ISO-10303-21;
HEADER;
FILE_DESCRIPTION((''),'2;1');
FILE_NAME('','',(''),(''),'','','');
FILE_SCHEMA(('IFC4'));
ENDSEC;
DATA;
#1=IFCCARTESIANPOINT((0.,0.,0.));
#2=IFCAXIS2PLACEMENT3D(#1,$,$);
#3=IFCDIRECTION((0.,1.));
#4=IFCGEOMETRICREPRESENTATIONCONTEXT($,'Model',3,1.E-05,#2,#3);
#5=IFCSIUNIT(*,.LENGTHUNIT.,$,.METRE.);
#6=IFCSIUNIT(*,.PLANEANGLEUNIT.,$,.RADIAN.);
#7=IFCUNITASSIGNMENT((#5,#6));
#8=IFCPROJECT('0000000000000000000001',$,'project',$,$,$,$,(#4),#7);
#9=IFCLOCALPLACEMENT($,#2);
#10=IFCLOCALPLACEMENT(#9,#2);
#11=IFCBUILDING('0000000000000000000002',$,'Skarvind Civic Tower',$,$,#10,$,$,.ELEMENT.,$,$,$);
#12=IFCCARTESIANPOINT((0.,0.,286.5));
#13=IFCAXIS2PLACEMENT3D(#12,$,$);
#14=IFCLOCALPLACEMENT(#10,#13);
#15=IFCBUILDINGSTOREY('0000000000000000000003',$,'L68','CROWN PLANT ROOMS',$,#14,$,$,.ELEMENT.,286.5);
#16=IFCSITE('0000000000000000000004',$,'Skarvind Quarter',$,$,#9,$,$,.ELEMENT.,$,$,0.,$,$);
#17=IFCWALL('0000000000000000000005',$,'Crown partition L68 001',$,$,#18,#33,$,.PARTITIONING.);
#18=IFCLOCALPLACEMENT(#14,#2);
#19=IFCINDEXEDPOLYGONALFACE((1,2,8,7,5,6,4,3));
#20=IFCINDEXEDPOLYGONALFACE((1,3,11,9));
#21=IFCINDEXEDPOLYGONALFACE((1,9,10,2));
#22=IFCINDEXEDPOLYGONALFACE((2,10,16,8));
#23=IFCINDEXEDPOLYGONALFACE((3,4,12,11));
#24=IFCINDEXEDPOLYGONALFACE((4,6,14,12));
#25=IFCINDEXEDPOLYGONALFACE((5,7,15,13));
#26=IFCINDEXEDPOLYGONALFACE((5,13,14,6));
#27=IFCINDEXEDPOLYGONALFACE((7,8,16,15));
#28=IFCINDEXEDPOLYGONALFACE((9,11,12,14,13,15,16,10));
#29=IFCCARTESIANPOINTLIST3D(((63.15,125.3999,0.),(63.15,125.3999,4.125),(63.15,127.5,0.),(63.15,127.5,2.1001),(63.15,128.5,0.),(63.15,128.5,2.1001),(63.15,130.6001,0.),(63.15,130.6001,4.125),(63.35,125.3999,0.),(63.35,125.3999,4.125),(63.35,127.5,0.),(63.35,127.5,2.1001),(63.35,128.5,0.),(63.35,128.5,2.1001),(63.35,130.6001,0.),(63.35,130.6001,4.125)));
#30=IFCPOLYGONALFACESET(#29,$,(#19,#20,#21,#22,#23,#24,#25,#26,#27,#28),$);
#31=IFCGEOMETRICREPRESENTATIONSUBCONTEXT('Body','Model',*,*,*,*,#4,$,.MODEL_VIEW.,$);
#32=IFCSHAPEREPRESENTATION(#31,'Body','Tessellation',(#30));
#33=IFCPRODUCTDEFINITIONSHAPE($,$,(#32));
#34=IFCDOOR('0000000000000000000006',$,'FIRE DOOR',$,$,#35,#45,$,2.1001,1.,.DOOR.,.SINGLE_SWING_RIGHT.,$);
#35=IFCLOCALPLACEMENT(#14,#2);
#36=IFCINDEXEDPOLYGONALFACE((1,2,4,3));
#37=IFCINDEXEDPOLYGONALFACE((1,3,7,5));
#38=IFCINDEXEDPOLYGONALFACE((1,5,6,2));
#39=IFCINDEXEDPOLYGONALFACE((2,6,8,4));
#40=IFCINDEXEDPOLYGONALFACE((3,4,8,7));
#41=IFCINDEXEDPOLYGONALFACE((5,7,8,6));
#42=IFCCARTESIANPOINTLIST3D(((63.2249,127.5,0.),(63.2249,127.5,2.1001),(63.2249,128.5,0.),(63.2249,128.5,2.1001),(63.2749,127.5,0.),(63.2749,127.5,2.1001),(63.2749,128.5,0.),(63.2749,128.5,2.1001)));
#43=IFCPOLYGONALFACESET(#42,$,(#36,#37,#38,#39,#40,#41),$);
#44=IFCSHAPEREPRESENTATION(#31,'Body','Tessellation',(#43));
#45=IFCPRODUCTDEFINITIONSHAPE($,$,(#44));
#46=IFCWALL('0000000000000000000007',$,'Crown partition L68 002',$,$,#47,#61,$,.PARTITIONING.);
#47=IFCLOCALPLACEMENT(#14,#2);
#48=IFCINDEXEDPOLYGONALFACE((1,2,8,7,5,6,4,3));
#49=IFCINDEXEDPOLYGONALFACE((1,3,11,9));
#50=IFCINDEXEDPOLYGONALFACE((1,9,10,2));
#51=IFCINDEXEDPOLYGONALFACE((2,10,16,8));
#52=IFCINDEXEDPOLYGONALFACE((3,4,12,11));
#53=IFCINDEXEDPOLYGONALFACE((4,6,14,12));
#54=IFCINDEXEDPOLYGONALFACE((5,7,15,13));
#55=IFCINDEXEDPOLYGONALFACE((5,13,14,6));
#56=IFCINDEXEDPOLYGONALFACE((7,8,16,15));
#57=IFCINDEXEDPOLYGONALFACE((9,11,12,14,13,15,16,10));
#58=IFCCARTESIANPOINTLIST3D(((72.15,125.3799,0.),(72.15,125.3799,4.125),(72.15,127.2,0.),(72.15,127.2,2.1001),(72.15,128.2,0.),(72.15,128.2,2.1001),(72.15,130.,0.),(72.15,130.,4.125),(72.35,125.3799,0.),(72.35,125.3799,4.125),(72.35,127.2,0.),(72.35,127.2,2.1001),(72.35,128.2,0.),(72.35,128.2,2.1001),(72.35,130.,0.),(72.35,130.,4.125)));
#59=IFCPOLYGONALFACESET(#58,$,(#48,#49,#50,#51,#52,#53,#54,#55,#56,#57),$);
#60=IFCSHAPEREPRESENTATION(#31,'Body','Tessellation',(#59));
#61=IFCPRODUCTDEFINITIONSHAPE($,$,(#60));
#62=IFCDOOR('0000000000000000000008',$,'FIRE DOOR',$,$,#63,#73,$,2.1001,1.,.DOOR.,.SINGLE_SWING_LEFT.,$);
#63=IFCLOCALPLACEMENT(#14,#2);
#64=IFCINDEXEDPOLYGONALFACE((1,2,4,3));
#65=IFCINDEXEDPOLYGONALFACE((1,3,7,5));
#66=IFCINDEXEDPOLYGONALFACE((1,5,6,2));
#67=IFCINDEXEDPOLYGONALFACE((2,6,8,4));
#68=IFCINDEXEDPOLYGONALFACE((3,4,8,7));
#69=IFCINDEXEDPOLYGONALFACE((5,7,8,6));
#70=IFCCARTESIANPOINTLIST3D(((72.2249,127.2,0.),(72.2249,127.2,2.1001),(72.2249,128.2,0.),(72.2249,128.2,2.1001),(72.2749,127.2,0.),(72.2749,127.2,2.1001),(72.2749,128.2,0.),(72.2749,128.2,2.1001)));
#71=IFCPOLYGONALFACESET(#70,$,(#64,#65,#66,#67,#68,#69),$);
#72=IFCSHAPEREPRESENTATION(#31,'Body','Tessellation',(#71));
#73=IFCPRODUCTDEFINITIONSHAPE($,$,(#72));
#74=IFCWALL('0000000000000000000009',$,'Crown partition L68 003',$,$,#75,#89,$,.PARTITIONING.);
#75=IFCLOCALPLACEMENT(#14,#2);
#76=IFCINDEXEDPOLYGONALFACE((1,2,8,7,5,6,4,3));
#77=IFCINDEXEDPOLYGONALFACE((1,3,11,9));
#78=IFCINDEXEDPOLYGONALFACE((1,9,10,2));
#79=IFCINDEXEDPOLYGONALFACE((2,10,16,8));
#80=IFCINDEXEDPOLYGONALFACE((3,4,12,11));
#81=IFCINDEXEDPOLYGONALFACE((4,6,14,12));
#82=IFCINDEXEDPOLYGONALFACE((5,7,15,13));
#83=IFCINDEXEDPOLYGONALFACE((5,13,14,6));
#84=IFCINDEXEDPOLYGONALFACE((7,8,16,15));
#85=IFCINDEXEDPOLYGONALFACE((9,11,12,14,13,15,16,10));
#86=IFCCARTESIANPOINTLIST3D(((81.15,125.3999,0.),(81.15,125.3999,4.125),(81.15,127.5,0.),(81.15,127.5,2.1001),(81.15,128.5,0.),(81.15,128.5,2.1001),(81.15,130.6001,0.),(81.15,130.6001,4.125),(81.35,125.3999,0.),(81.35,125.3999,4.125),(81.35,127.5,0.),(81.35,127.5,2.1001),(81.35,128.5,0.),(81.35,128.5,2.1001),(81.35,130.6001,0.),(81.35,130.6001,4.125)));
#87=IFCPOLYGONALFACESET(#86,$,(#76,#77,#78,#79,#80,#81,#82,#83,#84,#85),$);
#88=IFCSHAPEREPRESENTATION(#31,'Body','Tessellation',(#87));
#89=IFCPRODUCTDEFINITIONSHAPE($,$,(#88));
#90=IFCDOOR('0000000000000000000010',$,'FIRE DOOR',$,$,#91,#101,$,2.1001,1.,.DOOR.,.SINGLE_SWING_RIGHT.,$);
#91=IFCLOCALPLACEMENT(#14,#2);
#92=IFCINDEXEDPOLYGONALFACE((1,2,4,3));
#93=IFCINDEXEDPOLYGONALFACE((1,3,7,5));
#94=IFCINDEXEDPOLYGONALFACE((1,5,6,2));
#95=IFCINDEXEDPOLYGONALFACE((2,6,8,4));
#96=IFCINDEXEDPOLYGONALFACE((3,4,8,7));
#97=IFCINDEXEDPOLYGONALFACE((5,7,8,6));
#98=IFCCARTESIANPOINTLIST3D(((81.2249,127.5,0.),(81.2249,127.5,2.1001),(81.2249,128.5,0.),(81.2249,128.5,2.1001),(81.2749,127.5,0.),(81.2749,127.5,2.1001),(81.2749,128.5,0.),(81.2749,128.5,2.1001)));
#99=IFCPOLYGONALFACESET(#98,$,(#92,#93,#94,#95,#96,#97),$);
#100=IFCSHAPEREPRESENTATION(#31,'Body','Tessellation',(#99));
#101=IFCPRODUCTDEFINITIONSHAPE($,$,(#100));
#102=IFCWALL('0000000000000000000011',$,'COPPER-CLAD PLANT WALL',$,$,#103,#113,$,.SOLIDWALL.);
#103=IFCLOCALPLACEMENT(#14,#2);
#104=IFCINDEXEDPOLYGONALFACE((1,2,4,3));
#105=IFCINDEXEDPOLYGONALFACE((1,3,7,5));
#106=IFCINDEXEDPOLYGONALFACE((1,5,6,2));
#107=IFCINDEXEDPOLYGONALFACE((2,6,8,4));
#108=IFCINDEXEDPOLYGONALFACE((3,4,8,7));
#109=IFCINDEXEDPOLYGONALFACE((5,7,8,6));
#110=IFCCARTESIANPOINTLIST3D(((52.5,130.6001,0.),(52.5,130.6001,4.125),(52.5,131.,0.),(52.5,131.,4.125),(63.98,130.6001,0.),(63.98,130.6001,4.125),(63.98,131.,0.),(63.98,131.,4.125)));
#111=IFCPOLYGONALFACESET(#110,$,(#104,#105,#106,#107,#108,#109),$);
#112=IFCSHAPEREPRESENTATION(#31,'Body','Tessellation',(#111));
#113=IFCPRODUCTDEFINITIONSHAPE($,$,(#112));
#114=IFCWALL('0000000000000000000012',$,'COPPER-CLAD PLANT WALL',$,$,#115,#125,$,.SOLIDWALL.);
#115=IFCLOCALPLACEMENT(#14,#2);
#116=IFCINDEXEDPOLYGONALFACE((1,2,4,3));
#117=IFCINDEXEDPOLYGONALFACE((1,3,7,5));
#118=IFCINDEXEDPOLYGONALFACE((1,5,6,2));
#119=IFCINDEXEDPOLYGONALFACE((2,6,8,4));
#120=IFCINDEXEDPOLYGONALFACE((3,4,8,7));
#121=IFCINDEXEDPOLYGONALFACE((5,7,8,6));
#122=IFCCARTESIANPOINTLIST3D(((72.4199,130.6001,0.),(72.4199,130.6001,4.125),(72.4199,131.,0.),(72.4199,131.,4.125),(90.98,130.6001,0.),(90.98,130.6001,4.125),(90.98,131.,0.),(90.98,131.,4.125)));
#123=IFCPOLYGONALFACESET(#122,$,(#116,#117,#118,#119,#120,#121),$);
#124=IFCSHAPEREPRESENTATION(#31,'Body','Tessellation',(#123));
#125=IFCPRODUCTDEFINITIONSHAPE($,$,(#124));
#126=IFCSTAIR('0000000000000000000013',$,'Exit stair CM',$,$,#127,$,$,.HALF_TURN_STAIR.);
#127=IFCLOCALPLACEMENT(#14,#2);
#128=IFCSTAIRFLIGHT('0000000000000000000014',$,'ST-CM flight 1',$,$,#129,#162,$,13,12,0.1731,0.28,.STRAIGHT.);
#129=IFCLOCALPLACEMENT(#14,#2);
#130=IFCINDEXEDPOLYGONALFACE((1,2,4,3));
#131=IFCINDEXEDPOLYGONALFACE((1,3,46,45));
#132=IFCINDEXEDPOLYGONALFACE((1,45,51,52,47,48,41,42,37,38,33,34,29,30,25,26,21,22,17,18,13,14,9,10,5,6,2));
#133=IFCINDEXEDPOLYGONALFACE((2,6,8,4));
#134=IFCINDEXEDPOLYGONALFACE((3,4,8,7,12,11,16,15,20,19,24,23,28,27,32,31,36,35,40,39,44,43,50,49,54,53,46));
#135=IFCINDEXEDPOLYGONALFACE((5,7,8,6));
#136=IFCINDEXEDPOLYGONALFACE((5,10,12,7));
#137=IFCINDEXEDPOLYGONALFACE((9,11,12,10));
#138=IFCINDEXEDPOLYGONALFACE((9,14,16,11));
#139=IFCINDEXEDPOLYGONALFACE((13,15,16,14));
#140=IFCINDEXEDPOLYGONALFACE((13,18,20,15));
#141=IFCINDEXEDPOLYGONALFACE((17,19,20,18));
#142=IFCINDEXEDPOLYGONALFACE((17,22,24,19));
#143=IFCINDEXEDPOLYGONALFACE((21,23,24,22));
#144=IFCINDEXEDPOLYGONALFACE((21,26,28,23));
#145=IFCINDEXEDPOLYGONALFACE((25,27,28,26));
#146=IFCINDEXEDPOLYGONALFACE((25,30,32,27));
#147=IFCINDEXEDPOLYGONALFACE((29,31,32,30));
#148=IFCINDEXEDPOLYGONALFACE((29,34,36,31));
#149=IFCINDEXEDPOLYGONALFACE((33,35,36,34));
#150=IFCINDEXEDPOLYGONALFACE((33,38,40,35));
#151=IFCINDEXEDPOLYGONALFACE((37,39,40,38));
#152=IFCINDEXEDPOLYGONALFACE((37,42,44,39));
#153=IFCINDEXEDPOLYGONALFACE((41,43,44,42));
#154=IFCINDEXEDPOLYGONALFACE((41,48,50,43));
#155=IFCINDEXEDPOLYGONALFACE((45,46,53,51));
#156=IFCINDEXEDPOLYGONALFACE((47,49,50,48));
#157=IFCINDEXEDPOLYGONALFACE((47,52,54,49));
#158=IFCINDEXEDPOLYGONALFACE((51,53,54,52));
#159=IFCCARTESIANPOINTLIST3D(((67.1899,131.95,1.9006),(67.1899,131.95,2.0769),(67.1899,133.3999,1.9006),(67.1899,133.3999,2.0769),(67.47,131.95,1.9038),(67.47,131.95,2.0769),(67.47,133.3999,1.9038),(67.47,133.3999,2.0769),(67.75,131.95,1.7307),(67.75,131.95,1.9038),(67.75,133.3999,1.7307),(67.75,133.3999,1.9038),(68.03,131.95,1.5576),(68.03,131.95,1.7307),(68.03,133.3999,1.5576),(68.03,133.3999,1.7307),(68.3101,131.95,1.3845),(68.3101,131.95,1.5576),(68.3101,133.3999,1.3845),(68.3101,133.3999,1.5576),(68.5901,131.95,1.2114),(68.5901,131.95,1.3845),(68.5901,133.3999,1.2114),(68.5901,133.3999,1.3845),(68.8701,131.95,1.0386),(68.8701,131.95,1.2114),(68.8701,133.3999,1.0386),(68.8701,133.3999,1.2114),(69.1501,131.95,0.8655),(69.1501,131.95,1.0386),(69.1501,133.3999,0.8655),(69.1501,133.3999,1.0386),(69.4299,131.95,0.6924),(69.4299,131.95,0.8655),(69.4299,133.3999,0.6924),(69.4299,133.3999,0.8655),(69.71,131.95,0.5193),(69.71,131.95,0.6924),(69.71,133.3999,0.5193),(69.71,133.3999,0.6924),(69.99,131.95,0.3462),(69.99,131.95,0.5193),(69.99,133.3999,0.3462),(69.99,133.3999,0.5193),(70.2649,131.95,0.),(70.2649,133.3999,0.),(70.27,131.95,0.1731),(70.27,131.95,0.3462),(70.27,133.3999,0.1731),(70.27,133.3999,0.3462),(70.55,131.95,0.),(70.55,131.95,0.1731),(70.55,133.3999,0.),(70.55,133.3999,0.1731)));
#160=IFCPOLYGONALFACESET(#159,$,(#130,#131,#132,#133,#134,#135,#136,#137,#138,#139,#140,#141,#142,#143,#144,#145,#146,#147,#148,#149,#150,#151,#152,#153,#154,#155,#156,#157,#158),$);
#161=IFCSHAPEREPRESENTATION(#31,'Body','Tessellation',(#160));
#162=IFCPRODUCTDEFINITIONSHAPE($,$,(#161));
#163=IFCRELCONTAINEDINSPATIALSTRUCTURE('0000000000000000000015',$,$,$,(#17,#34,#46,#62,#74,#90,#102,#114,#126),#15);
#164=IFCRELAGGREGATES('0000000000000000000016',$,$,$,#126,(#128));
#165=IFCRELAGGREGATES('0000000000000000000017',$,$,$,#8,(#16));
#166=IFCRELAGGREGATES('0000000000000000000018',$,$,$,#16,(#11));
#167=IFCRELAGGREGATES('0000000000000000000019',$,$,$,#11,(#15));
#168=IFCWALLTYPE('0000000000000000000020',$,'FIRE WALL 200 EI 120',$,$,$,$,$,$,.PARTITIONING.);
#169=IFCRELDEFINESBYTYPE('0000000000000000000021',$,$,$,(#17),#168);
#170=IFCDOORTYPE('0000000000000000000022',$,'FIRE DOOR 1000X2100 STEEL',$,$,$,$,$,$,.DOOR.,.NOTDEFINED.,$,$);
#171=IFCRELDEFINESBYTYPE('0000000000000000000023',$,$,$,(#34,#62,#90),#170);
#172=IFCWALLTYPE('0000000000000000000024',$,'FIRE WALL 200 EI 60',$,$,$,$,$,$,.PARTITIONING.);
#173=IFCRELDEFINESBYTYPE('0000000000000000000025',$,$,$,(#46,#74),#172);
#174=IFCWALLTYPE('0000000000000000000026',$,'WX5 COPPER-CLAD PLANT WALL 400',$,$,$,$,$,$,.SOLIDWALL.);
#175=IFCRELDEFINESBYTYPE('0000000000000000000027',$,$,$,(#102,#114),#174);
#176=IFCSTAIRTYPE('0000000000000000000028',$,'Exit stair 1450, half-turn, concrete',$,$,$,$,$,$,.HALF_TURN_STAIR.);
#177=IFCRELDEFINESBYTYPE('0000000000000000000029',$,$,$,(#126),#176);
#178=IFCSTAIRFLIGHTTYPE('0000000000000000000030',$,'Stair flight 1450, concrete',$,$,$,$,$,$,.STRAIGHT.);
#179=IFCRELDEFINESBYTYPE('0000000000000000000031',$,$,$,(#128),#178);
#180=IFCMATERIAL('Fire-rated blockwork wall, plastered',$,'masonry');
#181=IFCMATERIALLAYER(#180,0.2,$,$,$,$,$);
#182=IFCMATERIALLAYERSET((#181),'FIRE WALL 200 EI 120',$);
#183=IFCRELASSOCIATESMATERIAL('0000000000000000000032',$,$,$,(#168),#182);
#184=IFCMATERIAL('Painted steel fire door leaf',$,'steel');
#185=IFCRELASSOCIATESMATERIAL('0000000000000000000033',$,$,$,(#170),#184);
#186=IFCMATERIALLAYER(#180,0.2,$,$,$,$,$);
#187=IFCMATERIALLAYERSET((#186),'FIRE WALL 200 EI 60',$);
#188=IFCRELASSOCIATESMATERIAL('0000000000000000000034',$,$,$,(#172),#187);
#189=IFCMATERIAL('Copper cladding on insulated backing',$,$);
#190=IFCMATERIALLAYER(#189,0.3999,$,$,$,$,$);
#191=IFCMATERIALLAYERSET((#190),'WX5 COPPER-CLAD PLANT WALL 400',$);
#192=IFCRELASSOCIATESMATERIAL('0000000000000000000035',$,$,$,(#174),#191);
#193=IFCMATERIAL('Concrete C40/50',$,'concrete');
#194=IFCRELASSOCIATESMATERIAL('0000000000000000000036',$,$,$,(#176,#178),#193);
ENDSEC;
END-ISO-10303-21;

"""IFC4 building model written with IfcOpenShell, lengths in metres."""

from ifc_helpers import new_model, si_unit, direction, frame, frame_2d, origin, place, context, subcontext, project, spatial, polyline, rectangle, outline, extrude, material, layer, layer_set, type_object, element, fill, aggregate, save


model = new_model("IFC4")

# Units and contexts
model_context = context("Model", 3, precision=1e-05, world=origin(), true_north=direction((0.0, 1.0)))
body_context = subcontext(model_context, "Body", "Model", "MODEL_VIEW")
ifc_project = project(units=[si_unit("LENGTHUNIT", "METRE"), si_unit("PLANEANGLEUNIT", "RADIAN")], contexts=[model_context])

# Site, building, storey
site_placement = place(None, origin())
site = spatial("IfcSite", under=ifc_project, at=site_placement, Name="Skarvind Quarter", CompositionType="ELEMENT", RefElevation=0.0)
building_placement = place(site_placement, origin())
building = spatial("IfcBuilding", under=site, at=building_placement, Name="Skarvind Civic Tower", CompositionType="ELEMENT")
storey_placement = place(building_placement, frame((0.0, 0.0, 286.5)))
storey = spatial("IfcBuildingStorey", under=building, at=storey_placement, Name="L68", Description="CROWN PLANT ROOMS", CompositionType="ELEMENT", Elevation=286.5)

# Walls, openings, doors
ifc_material_1 = material(Name="Fire-rated blockwork wall, plastered", Category="masonry")
ifc_layer_1 = layer(ifc_material_1, 0.2)
ifc_layer_set_1 = layer_set([ifc_layer_1], Name="FIRE WALL 200 EI 120")
wall_type_1 = type_object("IfcWallType", Name="FIRE WALL 200 EI 120", PredefinedType="PARTITIONING", material=ifc_layer_set_1)
wall_1_placement = place(storey_placement, frame((63.25, 130.6001, 0.0), z_axis=(0.0, 0.0, 1.0), x_axis=(0.0, -1.0, 0.0)))
wall_1 = element("IfcWall", 1, at=wall_1_placement, inside=storey, type_object=wall_type_1, Name="Crown partition L68 001", PredefinedType="PARTITIONING", context=body_context, shape_type="SweptSolid", body=[
    extrude(rectangle(XDim=5.2002, YDim=0.2, at=frame_2d((2.6001, 0.0))), origin(), (0.0, 0.0, 1.0), 4.125),
])
opening_1_placement = place(wall_1_placement, frame((2.1001, 0.0, 0.0)))
opening_1 = element("IfcOpeningElement", 2, at=opening_1_placement, cuts=wall_1, PredefinedType="OPENING", context=body_context, shape_type="SweptSolid", body=[
    extrude(rectangle(XDim=1.0, YDim=2.1001, at=frame_2d((0.5, 1.05))), frame((0.0, 0.1099, 0.0), z_axis=(0.0, -1.0, 0.0), x_axis=(1.0, 0.0, 0.0)), (0.0, 0.0, 1.0), 0.22),
])
ifc_material_2 = material(Name="Painted steel fire door leaf", Category="steel")
door_type_1 = type_object("IfcDoorType", Name="FIRE DOOR 1000X2100 STEEL", OperationType="NOTDEFINED", PredefinedType="DOOR", material=ifc_material_2)
door_1_placement = place(opening_1_placement, origin())
door_1 = element("IfcDoor", 3, at=door_1_placement, inside=storey, type_object=door_type_1, Name="FIRE DOOR", OperationType="SINGLE_SWING_RIGHT", OverallHeight=2.1001, OverallWidth=1.0, PredefinedType="DOOR", context=body_context, shape_type="SweptSolid", body=[
    extrude(rectangle(XDim=1.0, YDim=2.1001, at=frame_2d((0.5, 1.05))), frame((0.0, 0.0249, 0.0), z_axis=(0.0, -1.0, 0.0), x_axis=(1.0, 0.0, 0.0)), (0.0, 0.0, 1.0), 0.05),
])
fill(opening_1, door_1)
ifc_layer_2 = layer(ifc_material_1, 0.2)
ifc_layer_set_2 = layer_set([ifc_layer_2], Name="FIRE WALL 200 EI 60")
wall_type_2 = type_object("IfcWallType", Name="FIRE WALL 200 EI 60", PredefinedType="PARTITIONING", material=ifc_layer_set_2)
wall_2_placement = place(storey_placement, frame((72.25, 130.0, 0.0), z_axis=(0.0, 0.0, 1.0), x_axis=(0.0, -1.0, 0.0)))
wall_2 = element("IfcWall", 4, at=wall_2_placement, inside=storey, type_object=wall_type_2, Name="Crown partition L68 002", PredefinedType="PARTITIONING", context=body_context, shape_type="SweptSolid", body=[
    extrude(rectangle(XDim=4.6201, YDim=0.2, at=frame_2d((2.3101, 0.0))), origin(), (0.0, 0.0, 1.0), 4.125),
])
opening_2_placement = place(wall_2_placement, frame((1.8, 0.0, 0.0)))
opening_2 = element("IfcOpeningElement", 5, at=opening_2_placement, cuts=wall_2, PredefinedType="OPENING", context=body_context, shape_type="SweptSolid", body=[
    extrude(rectangle(XDim=1.0, YDim=2.1001, at=frame_2d((0.5, 1.05))), frame((0.0, 0.1099, 0.0), z_axis=(0.0, -1.0, 0.0), x_axis=(1.0, 0.0, 0.0)), (0.0, 0.0, 1.0), 0.22),
])
door_2_placement = place(opening_2_placement, origin())
door_2 = element("IfcDoor", 6, at=door_2_placement, inside=storey, type_object=door_type_1, Name="FIRE DOOR", OperationType="SINGLE_SWING_LEFT", OverallHeight=2.1001, OverallWidth=1.0, PredefinedType="DOOR", context=body_context, shape_type="SweptSolid", body=[
    extrude(rectangle(XDim=1.0, YDim=2.1001, at=frame_2d((0.5, 1.05))), frame((0.0, 0.0249, 0.0), z_axis=(0.0, -1.0, 0.0), x_axis=(1.0, 0.0, 0.0)), (0.0, 0.0, 1.0), 0.05),
])
fill(opening_2, door_2)
wall_3_placement = place(storey_placement, frame((81.25, 130.6001, 0.0), z_axis=(0.0, 0.0, 1.0), x_axis=(0.0, -1.0, 0.0)))
wall_3 = element("IfcWall", 7, at=wall_3_placement, inside=storey, type_object=wall_type_2, Name="Crown partition L68 003", PredefinedType="PARTITIONING", context=body_context, shape_type="SweptSolid", body=[
    extrude(rectangle(XDim=5.2002, YDim=0.2, at=frame_2d((2.6001, 0.0))), origin(), (0.0, 0.0, 1.0), 4.125),
])
opening_3_placement = place(wall_3_placement, frame((2.1001, 0.0, 0.0)))
opening_3 = element("IfcOpeningElement", 8, at=opening_3_placement, cuts=wall_3, PredefinedType="OPENING", context=body_context, shape_type="SweptSolid", body=[
    extrude(rectangle(XDim=1.0, YDim=2.1001, at=frame_2d((0.5, 1.05))), frame((0.0, 0.1099, 0.0), z_axis=(0.0, -1.0, 0.0), x_axis=(1.0, 0.0, 0.0)), (0.0, 0.0, 1.0), 0.22),
])
door_3_placement = place(opening_3_placement, origin())
door_3 = element("IfcDoor", 9, at=door_3_placement, inside=storey, type_object=door_type_1, Name="FIRE DOOR", OperationType="SINGLE_SWING_RIGHT", OverallHeight=2.1001, OverallWidth=1.0, PredefinedType="DOOR", context=body_context, shape_type="SweptSolid", body=[
    extrude(rectangle(XDim=1.0, YDim=2.1001, at=frame_2d((0.5, 1.05))), frame((0.0, 0.0249, 0.0), z_axis=(0.0, -1.0, 0.0), x_axis=(1.0, 0.0, 0.0)), (0.0, 0.0, 1.0), 0.05),
])
fill(opening_3, door_3)

# Walls
ifc_material_3 = material(Name="Copper cladding on insulated backing")
ifc_layer_3 = layer(ifc_material_3, 0.3999)
ifc_layer_set_3 = layer_set([ifc_layer_3], Name="WX5 COPPER-CLAD PLANT WALL 400")
wall_type_3 = type_object("IfcWallType", Name="WX5 COPPER-CLAD PLANT WALL 400", PredefinedType="SOLIDWALL", material=ifc_layer_set_3)
wall_4_placement = place(storey_placement, frame((52.5, 130.8, 0.0), z_axis=(0.0, 0.0, 1.0), x_axis=(1.0, 0.0, 0.0)))
element("IfcWall", 10, at=wall_4_placement, inside=storey, type_object=wall_type_3, Name="COPPER-CLAD PLANT WALL", PredefinedType="SOLIDWALL", context=body_context, shape_type="SweptSolid", body=[
    extrude(rectangle(XDim=11.48, YDim=0.3999, at=frame_2d((5.74, 0.0))), origin(), (0.0, 0.0, 1.0), 4.125),
])
wall_5_placement = place(storey_placement, frame((72.4199, 130.8, 0.0), z_axis=(0.0, 0.0, 1.0), x_axis=(1.0, 0.0, 0.0)))
element("IfcWall", 11, at=wall_5_placement, inside=storey, type_object=wall_type_3, Name="COPPER-CLAD PLANT WALL", PredefinedType="SOLIDWALL", context=body_context, shape_type="SweptSolid", body=[
    extrude(rectangle(XDim=18.5601, YDim=0.3999, at=frame_2d((9.28, 0.0))), origin(), (0.0, 0.0, 1.0), 4.125),
])

# Stair, stair flight
ifc_material_4 = material(Name="Concrete C40/50", Category="concrete")
stair_type = type_object("IfcStairType", Name="Exit stair 1450, half-turn, concrete", PredefinedType="HALF_TURN_STAIR", material=ifc_material_4)
stair_placement = place(storey_placement, origin())
stair = element("IfcStair", 12, at=stair_placement, inside=storey, type_object=stair_type, Name="Exit stair CM", PredefinedType="HALF_TURN_STAIR")
stair_flight_type = type_object("IfcStairFlightType", Name="Stair flight 1450, concrete", PredefinedType="STRAIGHT", material=ifc_material_4)
stair_flight_1_placement = place(storey_placement, frame((70.55, 132.675, 0.0), z_axis=(0.0, 0.0, 1.0), x_axis=(-1.0, 0.0, 0.0)))
stair_flight_1 = element("IfcStairFlight", 13, at=stair_flight_1_placement, type_object=stair_flight_type, Name="ST-CM flight 1", NumberOfRisers=13, NumberOfTreads=12, PredefinedType="STRAIGHT", RiserHeight=0.1731, TreadLength=0.28, context=body_context, shape_type="SweptSolid", body=[
    extrude(outline(polyline([(0.0, 0.0), (0.0, 0.1731), (0.28, 0.1731), (0.28, 0.3462), (0.5601, 0.3462), (0.5601, 0.5193), (0.8401, 0.5193), (0.8401, 0.6924), (1.1201, 0.6924), (1.1201, 0.8655), (1.3999, 0.8655), (1.3999, 1.0386), (1.6799, 1.0386), (1.6799, 1.2114), (1.96, 1.2114), (1.96, 1.3845), (2.24, 1.3845), (2.24, 1.5576), (2.52, 1.5576), (2.52, 1.7307), (2.8, 1.7307), (2.8, 1.9038), (3.0801, 1.9038), (3.0801, 2.0769), (3.3601, 2.0769), (3.3601, 2.25), (3.3601, 1.9006), (0.2852, 0.0), (0.0, 0.0)])), frame((0.0, 0.7251, 0.0), z_axis=(0.0, -1.0, 0.0), x_axis=(1.0, 0.0, 0.0)), (0.0, 0.0, 1.0), 1.45),
])
aggregate(stair, [stair_flight_1])

save(model, "model.ifc")
